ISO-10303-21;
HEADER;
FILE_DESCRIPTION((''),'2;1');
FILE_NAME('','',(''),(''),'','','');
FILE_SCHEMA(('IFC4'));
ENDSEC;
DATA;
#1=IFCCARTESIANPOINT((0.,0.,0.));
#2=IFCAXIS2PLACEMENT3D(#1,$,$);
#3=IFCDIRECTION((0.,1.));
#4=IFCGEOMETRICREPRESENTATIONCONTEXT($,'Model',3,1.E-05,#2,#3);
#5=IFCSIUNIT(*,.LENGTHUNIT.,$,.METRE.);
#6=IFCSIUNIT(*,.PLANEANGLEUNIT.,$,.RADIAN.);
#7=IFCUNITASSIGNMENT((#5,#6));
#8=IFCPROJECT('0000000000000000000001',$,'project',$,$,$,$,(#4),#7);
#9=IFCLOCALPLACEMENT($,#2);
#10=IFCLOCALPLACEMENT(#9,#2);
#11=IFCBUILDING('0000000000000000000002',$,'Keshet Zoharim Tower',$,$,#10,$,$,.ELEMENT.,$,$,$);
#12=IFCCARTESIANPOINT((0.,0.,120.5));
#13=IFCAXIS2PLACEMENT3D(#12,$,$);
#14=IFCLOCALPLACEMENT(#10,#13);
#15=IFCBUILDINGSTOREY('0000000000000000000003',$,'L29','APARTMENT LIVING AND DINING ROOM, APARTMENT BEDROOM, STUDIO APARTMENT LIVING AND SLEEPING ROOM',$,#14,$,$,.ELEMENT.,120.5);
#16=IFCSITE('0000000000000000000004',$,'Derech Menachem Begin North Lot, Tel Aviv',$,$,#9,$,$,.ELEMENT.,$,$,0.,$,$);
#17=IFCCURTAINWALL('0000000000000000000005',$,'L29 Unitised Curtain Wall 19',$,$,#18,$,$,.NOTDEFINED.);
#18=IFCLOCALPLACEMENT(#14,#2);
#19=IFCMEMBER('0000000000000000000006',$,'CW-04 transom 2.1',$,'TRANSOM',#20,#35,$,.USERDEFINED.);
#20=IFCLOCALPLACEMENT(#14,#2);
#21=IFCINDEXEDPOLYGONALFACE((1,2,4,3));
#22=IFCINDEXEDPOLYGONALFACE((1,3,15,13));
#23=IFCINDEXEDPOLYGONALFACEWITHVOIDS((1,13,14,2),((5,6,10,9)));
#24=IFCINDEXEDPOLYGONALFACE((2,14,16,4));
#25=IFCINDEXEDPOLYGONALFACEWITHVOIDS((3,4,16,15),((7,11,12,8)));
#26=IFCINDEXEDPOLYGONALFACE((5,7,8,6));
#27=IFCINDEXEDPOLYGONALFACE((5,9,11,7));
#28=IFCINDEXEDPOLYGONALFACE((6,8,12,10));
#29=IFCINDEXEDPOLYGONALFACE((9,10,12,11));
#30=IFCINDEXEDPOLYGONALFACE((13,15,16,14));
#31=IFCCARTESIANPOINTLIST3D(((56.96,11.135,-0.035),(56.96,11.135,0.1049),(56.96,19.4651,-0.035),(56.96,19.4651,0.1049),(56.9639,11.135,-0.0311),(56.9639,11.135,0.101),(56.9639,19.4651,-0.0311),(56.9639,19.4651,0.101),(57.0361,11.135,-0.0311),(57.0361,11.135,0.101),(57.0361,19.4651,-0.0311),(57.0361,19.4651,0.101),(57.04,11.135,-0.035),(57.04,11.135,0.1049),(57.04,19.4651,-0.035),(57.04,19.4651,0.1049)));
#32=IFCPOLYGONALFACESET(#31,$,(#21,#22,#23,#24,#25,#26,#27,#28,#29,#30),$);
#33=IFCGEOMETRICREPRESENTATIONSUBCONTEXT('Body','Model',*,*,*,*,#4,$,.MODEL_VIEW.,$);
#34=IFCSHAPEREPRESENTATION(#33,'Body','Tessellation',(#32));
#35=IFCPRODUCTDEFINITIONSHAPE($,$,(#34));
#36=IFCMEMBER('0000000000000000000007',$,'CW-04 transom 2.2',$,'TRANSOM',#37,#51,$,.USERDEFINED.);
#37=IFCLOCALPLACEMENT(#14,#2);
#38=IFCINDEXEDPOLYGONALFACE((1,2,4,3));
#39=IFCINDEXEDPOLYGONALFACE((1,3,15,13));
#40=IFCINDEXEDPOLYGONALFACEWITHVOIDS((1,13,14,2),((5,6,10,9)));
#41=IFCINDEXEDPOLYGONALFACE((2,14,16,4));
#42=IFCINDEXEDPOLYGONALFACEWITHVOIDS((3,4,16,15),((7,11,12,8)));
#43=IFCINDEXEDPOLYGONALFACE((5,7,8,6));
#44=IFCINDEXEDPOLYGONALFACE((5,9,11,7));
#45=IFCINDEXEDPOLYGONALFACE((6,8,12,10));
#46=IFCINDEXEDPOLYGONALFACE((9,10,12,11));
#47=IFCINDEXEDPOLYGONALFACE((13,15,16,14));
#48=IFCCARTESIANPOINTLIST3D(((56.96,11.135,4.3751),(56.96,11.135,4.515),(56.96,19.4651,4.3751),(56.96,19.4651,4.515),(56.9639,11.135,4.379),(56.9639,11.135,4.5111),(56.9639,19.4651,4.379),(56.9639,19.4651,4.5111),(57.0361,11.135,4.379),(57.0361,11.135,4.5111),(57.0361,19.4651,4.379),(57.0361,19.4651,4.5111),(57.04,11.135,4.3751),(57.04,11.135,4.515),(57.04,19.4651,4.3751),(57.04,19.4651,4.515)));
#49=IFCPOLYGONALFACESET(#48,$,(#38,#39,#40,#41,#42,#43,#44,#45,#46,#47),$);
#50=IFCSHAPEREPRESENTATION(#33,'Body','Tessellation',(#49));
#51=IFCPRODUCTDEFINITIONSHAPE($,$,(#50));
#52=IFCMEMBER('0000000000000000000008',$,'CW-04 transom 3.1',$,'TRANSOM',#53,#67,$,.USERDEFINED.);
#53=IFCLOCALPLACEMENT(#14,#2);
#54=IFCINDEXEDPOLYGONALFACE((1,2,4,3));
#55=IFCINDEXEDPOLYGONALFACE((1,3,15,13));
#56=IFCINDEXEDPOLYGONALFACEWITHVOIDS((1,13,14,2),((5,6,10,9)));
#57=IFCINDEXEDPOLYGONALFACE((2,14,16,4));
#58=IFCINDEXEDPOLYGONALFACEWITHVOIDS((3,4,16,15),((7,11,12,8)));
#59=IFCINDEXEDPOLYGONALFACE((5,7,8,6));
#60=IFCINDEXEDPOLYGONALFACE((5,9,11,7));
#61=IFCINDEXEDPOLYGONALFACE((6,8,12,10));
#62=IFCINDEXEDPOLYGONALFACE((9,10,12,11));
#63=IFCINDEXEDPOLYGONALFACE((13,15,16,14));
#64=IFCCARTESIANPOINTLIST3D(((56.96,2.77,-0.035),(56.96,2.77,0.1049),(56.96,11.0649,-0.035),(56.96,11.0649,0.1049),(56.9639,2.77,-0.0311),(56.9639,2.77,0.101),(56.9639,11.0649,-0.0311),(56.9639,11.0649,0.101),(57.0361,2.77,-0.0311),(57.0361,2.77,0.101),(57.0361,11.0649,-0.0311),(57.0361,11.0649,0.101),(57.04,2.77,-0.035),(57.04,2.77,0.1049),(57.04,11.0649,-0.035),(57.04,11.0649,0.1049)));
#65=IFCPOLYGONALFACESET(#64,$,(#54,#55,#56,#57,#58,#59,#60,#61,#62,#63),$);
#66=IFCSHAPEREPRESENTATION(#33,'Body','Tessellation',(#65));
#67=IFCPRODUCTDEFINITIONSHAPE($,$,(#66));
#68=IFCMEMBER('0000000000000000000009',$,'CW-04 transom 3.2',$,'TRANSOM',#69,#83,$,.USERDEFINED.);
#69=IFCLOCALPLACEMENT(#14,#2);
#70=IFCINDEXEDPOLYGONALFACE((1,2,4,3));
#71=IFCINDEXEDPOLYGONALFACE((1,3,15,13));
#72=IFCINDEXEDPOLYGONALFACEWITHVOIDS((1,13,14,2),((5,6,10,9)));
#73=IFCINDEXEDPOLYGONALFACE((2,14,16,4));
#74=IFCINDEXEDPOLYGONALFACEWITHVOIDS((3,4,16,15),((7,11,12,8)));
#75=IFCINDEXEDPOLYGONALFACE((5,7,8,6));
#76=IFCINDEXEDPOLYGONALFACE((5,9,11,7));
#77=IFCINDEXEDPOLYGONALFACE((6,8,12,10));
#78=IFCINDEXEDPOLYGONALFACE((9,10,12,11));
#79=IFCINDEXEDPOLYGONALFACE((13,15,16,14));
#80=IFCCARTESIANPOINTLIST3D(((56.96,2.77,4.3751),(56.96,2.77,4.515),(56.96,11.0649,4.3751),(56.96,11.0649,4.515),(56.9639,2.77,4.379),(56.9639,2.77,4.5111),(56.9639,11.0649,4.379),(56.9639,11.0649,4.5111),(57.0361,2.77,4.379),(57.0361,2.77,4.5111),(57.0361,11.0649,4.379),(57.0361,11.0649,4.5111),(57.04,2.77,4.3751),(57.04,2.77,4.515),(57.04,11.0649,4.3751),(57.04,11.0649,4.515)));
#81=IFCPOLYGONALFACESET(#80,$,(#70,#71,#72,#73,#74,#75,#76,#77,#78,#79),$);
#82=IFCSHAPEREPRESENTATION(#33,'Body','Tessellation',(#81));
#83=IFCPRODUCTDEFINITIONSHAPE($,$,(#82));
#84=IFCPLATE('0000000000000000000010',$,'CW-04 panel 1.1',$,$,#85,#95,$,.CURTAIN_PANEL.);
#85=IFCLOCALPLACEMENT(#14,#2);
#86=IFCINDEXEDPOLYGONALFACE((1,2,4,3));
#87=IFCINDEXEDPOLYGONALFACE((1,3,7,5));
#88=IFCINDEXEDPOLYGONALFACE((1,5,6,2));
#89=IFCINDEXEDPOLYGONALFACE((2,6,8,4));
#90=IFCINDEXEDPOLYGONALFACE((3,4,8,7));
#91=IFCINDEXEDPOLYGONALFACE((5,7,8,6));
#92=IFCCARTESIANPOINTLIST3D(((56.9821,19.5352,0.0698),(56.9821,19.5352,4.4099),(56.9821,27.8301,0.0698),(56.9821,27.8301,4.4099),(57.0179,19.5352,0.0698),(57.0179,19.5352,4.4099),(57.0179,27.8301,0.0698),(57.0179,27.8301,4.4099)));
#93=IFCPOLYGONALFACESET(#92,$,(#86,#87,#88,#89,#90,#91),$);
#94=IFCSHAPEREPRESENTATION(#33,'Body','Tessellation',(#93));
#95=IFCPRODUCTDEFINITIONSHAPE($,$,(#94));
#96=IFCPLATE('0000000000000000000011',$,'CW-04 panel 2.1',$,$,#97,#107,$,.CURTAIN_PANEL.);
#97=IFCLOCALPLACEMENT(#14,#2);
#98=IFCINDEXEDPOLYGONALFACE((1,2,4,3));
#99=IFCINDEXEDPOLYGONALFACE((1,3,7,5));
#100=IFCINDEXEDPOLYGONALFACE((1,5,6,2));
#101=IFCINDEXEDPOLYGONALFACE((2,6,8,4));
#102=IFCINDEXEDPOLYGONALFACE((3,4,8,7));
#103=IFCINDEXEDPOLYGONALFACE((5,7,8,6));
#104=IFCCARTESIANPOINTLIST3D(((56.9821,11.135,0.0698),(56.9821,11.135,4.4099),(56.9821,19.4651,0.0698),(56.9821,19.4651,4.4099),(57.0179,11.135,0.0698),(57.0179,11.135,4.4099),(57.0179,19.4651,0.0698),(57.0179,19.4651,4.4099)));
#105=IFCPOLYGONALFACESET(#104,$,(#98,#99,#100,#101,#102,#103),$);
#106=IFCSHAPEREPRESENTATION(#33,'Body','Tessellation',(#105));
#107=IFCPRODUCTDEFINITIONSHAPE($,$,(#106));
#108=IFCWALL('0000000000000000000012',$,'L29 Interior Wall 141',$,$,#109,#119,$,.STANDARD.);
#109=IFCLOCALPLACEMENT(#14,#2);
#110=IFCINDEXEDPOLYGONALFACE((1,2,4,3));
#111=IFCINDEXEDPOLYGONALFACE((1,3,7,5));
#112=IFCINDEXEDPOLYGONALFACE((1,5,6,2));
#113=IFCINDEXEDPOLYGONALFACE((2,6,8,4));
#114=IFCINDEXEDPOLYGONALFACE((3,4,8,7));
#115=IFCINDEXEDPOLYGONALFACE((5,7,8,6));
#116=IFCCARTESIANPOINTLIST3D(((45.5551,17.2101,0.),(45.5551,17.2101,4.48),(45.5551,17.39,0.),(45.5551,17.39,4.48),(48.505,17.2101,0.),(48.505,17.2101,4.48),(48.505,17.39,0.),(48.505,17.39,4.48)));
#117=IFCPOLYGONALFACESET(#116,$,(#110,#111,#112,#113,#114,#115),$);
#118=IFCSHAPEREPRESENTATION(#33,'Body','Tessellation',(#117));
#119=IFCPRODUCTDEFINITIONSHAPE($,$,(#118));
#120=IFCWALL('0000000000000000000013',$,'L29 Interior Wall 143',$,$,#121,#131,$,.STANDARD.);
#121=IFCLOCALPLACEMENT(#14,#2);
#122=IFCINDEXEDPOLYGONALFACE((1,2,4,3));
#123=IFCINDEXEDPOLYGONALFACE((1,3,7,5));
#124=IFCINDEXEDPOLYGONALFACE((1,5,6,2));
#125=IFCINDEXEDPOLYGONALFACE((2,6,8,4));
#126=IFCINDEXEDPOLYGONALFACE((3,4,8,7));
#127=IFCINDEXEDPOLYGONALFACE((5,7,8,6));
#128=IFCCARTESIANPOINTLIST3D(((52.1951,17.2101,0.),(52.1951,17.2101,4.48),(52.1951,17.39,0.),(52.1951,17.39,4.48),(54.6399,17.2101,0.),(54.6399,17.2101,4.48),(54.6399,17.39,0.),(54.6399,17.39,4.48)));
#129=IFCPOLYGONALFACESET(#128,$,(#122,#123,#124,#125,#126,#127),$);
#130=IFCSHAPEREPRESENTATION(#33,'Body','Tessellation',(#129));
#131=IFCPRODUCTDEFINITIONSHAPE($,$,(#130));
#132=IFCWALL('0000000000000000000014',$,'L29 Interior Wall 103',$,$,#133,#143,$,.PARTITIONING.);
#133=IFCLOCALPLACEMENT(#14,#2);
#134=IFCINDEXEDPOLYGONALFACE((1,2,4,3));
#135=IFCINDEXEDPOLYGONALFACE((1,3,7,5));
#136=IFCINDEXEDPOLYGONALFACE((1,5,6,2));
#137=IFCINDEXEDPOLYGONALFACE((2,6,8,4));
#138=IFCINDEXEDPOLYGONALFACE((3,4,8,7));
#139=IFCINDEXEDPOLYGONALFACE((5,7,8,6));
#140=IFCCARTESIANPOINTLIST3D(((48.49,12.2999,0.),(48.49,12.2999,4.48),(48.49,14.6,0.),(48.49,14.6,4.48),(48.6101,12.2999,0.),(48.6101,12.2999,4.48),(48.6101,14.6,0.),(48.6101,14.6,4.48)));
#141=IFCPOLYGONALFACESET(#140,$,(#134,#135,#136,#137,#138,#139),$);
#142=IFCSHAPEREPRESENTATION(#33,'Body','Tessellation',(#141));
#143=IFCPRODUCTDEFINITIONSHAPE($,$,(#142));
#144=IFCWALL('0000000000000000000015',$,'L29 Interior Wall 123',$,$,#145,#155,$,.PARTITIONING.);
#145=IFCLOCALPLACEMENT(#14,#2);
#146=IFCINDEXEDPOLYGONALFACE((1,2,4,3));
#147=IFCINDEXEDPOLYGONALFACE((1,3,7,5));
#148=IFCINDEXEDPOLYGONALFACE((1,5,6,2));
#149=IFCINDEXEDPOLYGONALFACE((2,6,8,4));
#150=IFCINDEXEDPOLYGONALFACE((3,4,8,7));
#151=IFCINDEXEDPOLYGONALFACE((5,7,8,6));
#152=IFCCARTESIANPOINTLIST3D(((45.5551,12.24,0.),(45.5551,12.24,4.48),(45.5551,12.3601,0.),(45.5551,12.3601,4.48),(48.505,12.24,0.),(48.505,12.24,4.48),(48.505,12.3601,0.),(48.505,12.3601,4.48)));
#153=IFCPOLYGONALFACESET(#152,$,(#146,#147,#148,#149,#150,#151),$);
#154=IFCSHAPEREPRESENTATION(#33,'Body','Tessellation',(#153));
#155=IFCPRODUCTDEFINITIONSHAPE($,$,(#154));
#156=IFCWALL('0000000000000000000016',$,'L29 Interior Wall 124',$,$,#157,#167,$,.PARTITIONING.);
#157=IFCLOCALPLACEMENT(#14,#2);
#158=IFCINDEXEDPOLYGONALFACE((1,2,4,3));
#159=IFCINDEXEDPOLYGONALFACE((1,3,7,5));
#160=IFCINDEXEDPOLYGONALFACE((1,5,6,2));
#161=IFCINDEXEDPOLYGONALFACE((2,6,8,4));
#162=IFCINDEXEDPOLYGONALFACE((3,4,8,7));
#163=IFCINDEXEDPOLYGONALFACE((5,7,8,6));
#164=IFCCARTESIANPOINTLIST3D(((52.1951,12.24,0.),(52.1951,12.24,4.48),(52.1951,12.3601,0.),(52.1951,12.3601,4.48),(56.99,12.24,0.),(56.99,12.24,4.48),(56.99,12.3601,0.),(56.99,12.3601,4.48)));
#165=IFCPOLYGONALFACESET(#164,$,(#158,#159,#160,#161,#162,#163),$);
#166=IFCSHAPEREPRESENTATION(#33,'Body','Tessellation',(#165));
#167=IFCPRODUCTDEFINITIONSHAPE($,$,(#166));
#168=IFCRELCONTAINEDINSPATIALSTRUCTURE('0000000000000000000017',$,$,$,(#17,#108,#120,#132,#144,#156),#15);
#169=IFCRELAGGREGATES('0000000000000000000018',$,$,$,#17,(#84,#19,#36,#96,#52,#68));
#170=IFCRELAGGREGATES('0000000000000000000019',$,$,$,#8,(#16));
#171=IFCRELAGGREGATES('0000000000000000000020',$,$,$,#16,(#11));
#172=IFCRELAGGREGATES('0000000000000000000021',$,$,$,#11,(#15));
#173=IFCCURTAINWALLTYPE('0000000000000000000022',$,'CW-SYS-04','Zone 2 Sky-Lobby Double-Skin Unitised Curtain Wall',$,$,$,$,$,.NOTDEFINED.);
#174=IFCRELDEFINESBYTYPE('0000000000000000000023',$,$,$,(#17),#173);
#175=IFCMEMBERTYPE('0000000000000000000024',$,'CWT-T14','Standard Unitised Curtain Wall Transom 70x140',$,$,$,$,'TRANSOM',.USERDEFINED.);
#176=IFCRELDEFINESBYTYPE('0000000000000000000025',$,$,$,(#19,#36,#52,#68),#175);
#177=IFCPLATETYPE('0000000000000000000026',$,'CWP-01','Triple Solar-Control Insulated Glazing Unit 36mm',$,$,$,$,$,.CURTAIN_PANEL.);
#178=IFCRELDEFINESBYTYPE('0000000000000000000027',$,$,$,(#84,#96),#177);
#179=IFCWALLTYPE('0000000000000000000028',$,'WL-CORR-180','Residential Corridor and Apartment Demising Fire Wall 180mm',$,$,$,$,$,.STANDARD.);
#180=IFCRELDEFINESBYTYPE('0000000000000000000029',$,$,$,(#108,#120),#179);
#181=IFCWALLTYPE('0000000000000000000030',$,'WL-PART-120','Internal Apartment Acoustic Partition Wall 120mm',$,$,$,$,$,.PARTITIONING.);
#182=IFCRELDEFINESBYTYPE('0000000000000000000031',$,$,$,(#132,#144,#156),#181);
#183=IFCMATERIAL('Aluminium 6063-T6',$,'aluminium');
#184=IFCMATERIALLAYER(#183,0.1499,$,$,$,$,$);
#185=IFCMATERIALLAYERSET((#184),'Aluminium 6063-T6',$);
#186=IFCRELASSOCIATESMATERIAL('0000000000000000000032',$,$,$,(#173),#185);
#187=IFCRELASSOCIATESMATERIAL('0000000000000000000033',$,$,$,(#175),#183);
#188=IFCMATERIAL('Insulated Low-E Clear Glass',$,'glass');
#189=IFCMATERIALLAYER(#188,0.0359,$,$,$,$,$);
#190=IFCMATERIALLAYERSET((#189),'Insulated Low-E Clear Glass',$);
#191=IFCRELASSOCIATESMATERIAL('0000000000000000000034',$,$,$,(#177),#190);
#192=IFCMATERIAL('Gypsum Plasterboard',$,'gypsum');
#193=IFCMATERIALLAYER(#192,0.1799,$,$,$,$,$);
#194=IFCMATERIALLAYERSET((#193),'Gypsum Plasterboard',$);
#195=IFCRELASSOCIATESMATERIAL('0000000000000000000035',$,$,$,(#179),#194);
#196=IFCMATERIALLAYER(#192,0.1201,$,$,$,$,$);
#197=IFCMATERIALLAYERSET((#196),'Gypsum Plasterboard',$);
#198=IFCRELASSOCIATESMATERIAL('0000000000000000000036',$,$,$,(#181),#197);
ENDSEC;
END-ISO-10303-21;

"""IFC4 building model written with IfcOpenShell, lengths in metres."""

from ifc_helpers import new_model, si_unit, direction, frame, frame_2d, origin, origin_2d, place, context, subcontext, project, spatial, rectangle, hollow_rectangle, extrude, material, layer, layer_set, material_profile, profile_set, type_object, element, aggregate, save


model = new_model("IFC4")

# Units and contexts
model_context = context("Model", 3, precision=1e-05, world=origin(), true_north=direction((0.0, 1.0)))
body_context = subcontext(model_context, "Body", "Model", "MODEL_VIEW")
ifc_project = project(units=[si_unit("LENGTHUNIT", "METRE"), si_unit("PLANEANGLEUNIT", "RADIAN")], contexts=[model_context])

# Site, building, storey
site_placement = place(None, origin())
site = spatial("IfcSite", under=ifc_project, at=site_placement, Name="Derech Menachem Begin North Lot, Tel Aviv", CompositionType="ELEMENT", RefElevation=0.0)
building_placement = place(site_placement, origin())
building = spatial("IfcBuilding", under=site, at=building_placement, Name="Keshet Zoharim Tower", CompositionType="ELEMENT")
storey_placement = place(building_placement, frame((0.0, 0.0, 120.5)))
storey = spatial("IfcBuildingStorey", under=building, at=storey_placement, Name="L29", Description="APARTMENT LIVING AND DINING ROOM, APARTMENT BEDROOM, STUDIO APARTMENT LIVING AND SLEEPING ROOM", CompositionType="ELEMENT", Elevation=120.5)

# Curtain wall, members, plates
ifc_material_1 = material(Name="Aluminium 6063-T6", Category="aluminium")
ifc_layer_1 = layer(ifc_material_1, 0.1499)
ifc_layer_set_1 = layer_set([ifc_layer_1], Name="Aluminium 6063-T6")
curtain_wall_type = type_object("IfcCurtainWallType", Name="CW-SYS-04", Description="Zone 2 Sky-Lobby Double-Skin Unitised Curtain Wall", PredefinedType="NOTDEFINED", material=ifc_layer_set_1)
curtain_wall_placement = place(storey_placement, origin())
curtain_wall = element("IfcCurtainWall", 1, at=curtain_wall_placement, inside=storey, type_object=curtain_wall_type, Name="L29 Unitised Curtain Wall 19", PredefinedType="NOTDEFINED")
ifc_material_profile_1 = material_profile(ifc_material_1, hollow_rectangle(XDim=0.0801, YDim=0.1399, WallThickness=0.0039, at=origin_2d()), Name="TRN-80x140")
ifc_profile_set_1 = profile_set([ifc_material_profile_1], Name="Aluminium 6063-T6")
member_type_1 = type_object("IfcMemberType", Name="CWT-T14", Description="Standard Unitised Curtain Wall Transom 70x140", ElementType="TRANSOM", PredefinedType="USERDEFINED", material=ifc_profile_set_1)
member_1_placement = place(storey_placement, frame((57.0, 19.4651, 0.0349), z_axis=(0.0, -1.0, 0.0), x_axis=(1.0, 0.0, 0.0)))
member_1 = element("IfcMember", 2, at=member_1_placement, type_object=member_type_1, Name="CW-04 transom 2.1", ObjectType="TRANSOM", PredefinedType="USERDEFINED", context=body_context, shape_type="SweptSolid", body=[
    extrude(hollow_rectangle(XDim=0.0801, YDim=0.1399, WallThickness=0.0039, at=origin_2d()), origin(), (0.0, 0.0, 1.0), 8.3301),
])
member_2_placement = place(storey_placement, frame((57.0, 19.4651, 4.4451), z_axis=(0.0, -1.0, 0.0), x_axis=(1.0, 0.0, 0.0)))
member_2 = element("IfcMember", 3, at=member_2_placement, type_object=member_type_1, Name="CW-04 transom 2.2", ObjectType="TRANSOM", PredefinedType="USERDEFINED", context=body_context, shape_type="SweptSolid", body=[
    extrude(hollow_rectangle(XDim=0.0801, YDim=0.1399, WallThickness=0.0039, at=origin_2d()), origin(), (0.0, 0.0, 1.0), 8.3301),
])
member_3_placement = place(storey_placement, frame((57.0, 11.0649, 0.0349), z_axis=(0.0, -1.0, 0.0), x_axis=(1.0, 0.0, 0.0)))
member_3 = element("IfcMember", 4, at=member_3_placement, type_object=member_type_1, Name="CW-04 transom 3.1", ObjectType="TRANSOM", PredefinedType="USERDEFINED", context=body_context, shape_type="SweptSolid", body=[
    extrude(hollow_rectangle(XDim=0.0801, YDim=0.1399, WallThickness=0.0039, at=origin_2d()), origin(), (0.0, 0.0, 1.0), 8.2949),
])
member_4_placement = place(storey_placement, frame((57.0, 11.0649, 4.4451), z_axis=(0.0, -1.0, 0.0), x_axis=(1.0, 0.0, 0.0)))
member_4 = element("IfcMember", 5, at=member_4_placement, type_object=member_type_1, Name="CW-04 transom 3.2", ObjectType="TRANSOM", PredefinedType="USERDEFINED", context=body_context, shape_type="SweptSolid", body=[
    extrude(hollow_rectangle(XDim=0.0801, YDim=0.1399, WallThickness=0.0039, at=origin_2d()), origin(), (0.0, 0.0, 1.0), 8.2949),
])
ifc_material_2 = material(Name="Insulated Low-E Clear Glass", Category="glass")
ifc_layer_2 = layer(ifc_material_2, 0.0359)
ifc_layer_set_2 = layer_set([ifc_layer_2], Name="Insulated Low-E Clear Glass")
plate_type = type_object("IfcPlateType", Name="CWP-01", Description="Triple Solar-Control Insulated Glazing Unit 36mm", PredefinedType="CURTAIN_PANEL", material=ifc_layer_set_2)
plate_1_placement = place(storey_placement, frame((57.0, 23.6826, 0.0698), z_axis=(0.0, 0.0, 1.0), x_axis=(0.0, -1.0, 0.0)))
plate_1 = element("IfcPlate", 6, at=plate_1_placement, type_object=plate_type, Name="CW-04 panel 1.1", PredefinedType="CURTAIN_PANEL", context=body_context, shape_type="SweptSolid", body=[
    extrude(rectangle(XDim=8.2949, YDim=0.0359, at=origin_2d()), origin(), (0.0, 0.0, 1.0), 4.3401),
])
plate_2_placement = place(storey_placement, frame((57.0, 15.3, 0.0698), z_axis=(0.0, 0.0, 1.0), x_axis=(0.0, -1.0, 0.0)))
plate_2 = element("IfcPlate", 7, at=plate_2_placement, type_object=plate_type, Name="CW-04 panel 2.1", PredefinedType="CURTAIN_PANEL", context=body_context, shape_type="SweptSolid", body=[
    extrude(rectangle(XDim=8.3301, YDim=0.0359, at=origin_2d()), origin(), (0.0, 0.0, 1.0), 4.3401),
])
aggregate(curtain_wall, [plate_1, member_1, member_2, plate_2, member_3, member_4])

# Wall
ifc_material_3 = material(Name="Gypsum Plasterboard", Category="gypsum")
ifc_layer_3 = layer(ifc_material_3, 0.1799)
ifc_layer_set_3 = layer_set([ifc_layer_3], Name="Gypsum Plasterboard")
wall_type_1 = type_object("IfcWallType", Name="WL-CORR-180", Description="Residential Corridor and Apartment Demising Fire Wall 180mm", PredefinedType="STANDARD", material=ifc_layer_set_3)
wall_1_placement = place(storey_placement, frame((45.5549, 17.3, 0.0), z_axis=(0.0, 0.0, 1.0), x_axis=(1.0, 0.0, 0.0)))
element("IfcWall", 8, at=wall_1_placement, inside=storey, type_object=wall_type_1, Name="L29 Interior Wall 141", PredefinedType="STANDARD", context=body_context, shape_type="SweptSolid", body=[
    extrude(rectangle(XDim=2.95, YDim=0.1799, at=frame_2d((1.4751, 0.0))), origin(), (0.0, 0.0, 1.0), 4.48),
])

# Wall
wall_2_placement = place(storey_placement, frame((52.1951, 17.3, 0.0), z_axis=(0.0, 0.0, 1.0), x_axis=(1.0, 0.0, 0.0)))
element("IfcWall", 9, at=wall_2_placement, inside=storey, type_object=wall_type_1, Name="L29 Interior Wall 143", PredefinedType="STANDARD", context=body_context, shape_type="SweptSolid", body=[
    extrude(rectangle(XDim=2.4448, YDim=0.1799, at=frame_2d((1.2224, 0.0))), origin(), (0.0, 0.0, 1.0), 4.48),
])

# Shared definitions
ifc_layer_4 = layer(ifc_material_3, 0.1201)
ifc_layer_set_4 = layer_set([ifc_layer_4], Name="Gypsum Plasterboard")
wall_type_2 = type_object("IfcWallType", Name="WL-PART-120", Description="Internal Apartment Acoustic Partition Wall 120mm", PredefinedType="PARTITIONING", material=ifc_layer_set_4)

# Wall
wall_3_placement = place(storey_placement, frame((48.55, 12.3, 0.0), z_axis=(0.0, 0.0, 1.0), x_axis=(0.0, 1.0, 0.0)))
element("IfcWall", 10, at=wall_3_placement, inside=storey, type_object=wall_type_2, Name="L29 Interior Wall 103", PredefinedType="PARTITIONING", context=body_context, shape_type="SweptSolid", body=[
    extrude(rectangle(XDim=2.3, YDim=0.1201, at=frame_2d((1.1499, 0.0))), origin(), (0.0, 0.0, 1.0), 4.48),
])

# Walls
wall_4_placement = place(storey_placement, frame((45.5549, 12.3, 0.0), z_axis=(0.0, 0.0, 1.0), x_axis=(1.0, 0.0, 0.0)))
element("IfcWall", 11, at=wall_4_placement, inside=storey, type_object=wall_type_2, Name="L29 Interior Wall 123", PredefinedType="PARTITIONING", context=body_context, shape_type="SweptSolid", body=[
    extrude(rectangle(XDim=2.95, YDim=0.1201, at=frame_2d((1.4751, 0.0))), origin(), (0.0, 0.0, 1.0), 4.48),
])
wall_5_placement = place(storey_placement, frame((52.1951, 12.3, 0.0), z_axis=(0.0, 0.0, 1.0), x_axis=(1.0, 0.0, 0.0)))
element("IfcWall", 12, at=wall_5_placement, inside=storey, type_object=wall_type_2, Name="L29 Interior Wall 124", PredefinedType="PARTITIONING", context=body_context, shape_type="SweptSolid", body=[
    extrude(rectangle(XDim=4.7949, YDim=0.1201, at=frame_2d((2.3975, 0.0))), origin(), (0.0, 0.0, 1.0), 4.48),
])

save(model, "model.ifc")
